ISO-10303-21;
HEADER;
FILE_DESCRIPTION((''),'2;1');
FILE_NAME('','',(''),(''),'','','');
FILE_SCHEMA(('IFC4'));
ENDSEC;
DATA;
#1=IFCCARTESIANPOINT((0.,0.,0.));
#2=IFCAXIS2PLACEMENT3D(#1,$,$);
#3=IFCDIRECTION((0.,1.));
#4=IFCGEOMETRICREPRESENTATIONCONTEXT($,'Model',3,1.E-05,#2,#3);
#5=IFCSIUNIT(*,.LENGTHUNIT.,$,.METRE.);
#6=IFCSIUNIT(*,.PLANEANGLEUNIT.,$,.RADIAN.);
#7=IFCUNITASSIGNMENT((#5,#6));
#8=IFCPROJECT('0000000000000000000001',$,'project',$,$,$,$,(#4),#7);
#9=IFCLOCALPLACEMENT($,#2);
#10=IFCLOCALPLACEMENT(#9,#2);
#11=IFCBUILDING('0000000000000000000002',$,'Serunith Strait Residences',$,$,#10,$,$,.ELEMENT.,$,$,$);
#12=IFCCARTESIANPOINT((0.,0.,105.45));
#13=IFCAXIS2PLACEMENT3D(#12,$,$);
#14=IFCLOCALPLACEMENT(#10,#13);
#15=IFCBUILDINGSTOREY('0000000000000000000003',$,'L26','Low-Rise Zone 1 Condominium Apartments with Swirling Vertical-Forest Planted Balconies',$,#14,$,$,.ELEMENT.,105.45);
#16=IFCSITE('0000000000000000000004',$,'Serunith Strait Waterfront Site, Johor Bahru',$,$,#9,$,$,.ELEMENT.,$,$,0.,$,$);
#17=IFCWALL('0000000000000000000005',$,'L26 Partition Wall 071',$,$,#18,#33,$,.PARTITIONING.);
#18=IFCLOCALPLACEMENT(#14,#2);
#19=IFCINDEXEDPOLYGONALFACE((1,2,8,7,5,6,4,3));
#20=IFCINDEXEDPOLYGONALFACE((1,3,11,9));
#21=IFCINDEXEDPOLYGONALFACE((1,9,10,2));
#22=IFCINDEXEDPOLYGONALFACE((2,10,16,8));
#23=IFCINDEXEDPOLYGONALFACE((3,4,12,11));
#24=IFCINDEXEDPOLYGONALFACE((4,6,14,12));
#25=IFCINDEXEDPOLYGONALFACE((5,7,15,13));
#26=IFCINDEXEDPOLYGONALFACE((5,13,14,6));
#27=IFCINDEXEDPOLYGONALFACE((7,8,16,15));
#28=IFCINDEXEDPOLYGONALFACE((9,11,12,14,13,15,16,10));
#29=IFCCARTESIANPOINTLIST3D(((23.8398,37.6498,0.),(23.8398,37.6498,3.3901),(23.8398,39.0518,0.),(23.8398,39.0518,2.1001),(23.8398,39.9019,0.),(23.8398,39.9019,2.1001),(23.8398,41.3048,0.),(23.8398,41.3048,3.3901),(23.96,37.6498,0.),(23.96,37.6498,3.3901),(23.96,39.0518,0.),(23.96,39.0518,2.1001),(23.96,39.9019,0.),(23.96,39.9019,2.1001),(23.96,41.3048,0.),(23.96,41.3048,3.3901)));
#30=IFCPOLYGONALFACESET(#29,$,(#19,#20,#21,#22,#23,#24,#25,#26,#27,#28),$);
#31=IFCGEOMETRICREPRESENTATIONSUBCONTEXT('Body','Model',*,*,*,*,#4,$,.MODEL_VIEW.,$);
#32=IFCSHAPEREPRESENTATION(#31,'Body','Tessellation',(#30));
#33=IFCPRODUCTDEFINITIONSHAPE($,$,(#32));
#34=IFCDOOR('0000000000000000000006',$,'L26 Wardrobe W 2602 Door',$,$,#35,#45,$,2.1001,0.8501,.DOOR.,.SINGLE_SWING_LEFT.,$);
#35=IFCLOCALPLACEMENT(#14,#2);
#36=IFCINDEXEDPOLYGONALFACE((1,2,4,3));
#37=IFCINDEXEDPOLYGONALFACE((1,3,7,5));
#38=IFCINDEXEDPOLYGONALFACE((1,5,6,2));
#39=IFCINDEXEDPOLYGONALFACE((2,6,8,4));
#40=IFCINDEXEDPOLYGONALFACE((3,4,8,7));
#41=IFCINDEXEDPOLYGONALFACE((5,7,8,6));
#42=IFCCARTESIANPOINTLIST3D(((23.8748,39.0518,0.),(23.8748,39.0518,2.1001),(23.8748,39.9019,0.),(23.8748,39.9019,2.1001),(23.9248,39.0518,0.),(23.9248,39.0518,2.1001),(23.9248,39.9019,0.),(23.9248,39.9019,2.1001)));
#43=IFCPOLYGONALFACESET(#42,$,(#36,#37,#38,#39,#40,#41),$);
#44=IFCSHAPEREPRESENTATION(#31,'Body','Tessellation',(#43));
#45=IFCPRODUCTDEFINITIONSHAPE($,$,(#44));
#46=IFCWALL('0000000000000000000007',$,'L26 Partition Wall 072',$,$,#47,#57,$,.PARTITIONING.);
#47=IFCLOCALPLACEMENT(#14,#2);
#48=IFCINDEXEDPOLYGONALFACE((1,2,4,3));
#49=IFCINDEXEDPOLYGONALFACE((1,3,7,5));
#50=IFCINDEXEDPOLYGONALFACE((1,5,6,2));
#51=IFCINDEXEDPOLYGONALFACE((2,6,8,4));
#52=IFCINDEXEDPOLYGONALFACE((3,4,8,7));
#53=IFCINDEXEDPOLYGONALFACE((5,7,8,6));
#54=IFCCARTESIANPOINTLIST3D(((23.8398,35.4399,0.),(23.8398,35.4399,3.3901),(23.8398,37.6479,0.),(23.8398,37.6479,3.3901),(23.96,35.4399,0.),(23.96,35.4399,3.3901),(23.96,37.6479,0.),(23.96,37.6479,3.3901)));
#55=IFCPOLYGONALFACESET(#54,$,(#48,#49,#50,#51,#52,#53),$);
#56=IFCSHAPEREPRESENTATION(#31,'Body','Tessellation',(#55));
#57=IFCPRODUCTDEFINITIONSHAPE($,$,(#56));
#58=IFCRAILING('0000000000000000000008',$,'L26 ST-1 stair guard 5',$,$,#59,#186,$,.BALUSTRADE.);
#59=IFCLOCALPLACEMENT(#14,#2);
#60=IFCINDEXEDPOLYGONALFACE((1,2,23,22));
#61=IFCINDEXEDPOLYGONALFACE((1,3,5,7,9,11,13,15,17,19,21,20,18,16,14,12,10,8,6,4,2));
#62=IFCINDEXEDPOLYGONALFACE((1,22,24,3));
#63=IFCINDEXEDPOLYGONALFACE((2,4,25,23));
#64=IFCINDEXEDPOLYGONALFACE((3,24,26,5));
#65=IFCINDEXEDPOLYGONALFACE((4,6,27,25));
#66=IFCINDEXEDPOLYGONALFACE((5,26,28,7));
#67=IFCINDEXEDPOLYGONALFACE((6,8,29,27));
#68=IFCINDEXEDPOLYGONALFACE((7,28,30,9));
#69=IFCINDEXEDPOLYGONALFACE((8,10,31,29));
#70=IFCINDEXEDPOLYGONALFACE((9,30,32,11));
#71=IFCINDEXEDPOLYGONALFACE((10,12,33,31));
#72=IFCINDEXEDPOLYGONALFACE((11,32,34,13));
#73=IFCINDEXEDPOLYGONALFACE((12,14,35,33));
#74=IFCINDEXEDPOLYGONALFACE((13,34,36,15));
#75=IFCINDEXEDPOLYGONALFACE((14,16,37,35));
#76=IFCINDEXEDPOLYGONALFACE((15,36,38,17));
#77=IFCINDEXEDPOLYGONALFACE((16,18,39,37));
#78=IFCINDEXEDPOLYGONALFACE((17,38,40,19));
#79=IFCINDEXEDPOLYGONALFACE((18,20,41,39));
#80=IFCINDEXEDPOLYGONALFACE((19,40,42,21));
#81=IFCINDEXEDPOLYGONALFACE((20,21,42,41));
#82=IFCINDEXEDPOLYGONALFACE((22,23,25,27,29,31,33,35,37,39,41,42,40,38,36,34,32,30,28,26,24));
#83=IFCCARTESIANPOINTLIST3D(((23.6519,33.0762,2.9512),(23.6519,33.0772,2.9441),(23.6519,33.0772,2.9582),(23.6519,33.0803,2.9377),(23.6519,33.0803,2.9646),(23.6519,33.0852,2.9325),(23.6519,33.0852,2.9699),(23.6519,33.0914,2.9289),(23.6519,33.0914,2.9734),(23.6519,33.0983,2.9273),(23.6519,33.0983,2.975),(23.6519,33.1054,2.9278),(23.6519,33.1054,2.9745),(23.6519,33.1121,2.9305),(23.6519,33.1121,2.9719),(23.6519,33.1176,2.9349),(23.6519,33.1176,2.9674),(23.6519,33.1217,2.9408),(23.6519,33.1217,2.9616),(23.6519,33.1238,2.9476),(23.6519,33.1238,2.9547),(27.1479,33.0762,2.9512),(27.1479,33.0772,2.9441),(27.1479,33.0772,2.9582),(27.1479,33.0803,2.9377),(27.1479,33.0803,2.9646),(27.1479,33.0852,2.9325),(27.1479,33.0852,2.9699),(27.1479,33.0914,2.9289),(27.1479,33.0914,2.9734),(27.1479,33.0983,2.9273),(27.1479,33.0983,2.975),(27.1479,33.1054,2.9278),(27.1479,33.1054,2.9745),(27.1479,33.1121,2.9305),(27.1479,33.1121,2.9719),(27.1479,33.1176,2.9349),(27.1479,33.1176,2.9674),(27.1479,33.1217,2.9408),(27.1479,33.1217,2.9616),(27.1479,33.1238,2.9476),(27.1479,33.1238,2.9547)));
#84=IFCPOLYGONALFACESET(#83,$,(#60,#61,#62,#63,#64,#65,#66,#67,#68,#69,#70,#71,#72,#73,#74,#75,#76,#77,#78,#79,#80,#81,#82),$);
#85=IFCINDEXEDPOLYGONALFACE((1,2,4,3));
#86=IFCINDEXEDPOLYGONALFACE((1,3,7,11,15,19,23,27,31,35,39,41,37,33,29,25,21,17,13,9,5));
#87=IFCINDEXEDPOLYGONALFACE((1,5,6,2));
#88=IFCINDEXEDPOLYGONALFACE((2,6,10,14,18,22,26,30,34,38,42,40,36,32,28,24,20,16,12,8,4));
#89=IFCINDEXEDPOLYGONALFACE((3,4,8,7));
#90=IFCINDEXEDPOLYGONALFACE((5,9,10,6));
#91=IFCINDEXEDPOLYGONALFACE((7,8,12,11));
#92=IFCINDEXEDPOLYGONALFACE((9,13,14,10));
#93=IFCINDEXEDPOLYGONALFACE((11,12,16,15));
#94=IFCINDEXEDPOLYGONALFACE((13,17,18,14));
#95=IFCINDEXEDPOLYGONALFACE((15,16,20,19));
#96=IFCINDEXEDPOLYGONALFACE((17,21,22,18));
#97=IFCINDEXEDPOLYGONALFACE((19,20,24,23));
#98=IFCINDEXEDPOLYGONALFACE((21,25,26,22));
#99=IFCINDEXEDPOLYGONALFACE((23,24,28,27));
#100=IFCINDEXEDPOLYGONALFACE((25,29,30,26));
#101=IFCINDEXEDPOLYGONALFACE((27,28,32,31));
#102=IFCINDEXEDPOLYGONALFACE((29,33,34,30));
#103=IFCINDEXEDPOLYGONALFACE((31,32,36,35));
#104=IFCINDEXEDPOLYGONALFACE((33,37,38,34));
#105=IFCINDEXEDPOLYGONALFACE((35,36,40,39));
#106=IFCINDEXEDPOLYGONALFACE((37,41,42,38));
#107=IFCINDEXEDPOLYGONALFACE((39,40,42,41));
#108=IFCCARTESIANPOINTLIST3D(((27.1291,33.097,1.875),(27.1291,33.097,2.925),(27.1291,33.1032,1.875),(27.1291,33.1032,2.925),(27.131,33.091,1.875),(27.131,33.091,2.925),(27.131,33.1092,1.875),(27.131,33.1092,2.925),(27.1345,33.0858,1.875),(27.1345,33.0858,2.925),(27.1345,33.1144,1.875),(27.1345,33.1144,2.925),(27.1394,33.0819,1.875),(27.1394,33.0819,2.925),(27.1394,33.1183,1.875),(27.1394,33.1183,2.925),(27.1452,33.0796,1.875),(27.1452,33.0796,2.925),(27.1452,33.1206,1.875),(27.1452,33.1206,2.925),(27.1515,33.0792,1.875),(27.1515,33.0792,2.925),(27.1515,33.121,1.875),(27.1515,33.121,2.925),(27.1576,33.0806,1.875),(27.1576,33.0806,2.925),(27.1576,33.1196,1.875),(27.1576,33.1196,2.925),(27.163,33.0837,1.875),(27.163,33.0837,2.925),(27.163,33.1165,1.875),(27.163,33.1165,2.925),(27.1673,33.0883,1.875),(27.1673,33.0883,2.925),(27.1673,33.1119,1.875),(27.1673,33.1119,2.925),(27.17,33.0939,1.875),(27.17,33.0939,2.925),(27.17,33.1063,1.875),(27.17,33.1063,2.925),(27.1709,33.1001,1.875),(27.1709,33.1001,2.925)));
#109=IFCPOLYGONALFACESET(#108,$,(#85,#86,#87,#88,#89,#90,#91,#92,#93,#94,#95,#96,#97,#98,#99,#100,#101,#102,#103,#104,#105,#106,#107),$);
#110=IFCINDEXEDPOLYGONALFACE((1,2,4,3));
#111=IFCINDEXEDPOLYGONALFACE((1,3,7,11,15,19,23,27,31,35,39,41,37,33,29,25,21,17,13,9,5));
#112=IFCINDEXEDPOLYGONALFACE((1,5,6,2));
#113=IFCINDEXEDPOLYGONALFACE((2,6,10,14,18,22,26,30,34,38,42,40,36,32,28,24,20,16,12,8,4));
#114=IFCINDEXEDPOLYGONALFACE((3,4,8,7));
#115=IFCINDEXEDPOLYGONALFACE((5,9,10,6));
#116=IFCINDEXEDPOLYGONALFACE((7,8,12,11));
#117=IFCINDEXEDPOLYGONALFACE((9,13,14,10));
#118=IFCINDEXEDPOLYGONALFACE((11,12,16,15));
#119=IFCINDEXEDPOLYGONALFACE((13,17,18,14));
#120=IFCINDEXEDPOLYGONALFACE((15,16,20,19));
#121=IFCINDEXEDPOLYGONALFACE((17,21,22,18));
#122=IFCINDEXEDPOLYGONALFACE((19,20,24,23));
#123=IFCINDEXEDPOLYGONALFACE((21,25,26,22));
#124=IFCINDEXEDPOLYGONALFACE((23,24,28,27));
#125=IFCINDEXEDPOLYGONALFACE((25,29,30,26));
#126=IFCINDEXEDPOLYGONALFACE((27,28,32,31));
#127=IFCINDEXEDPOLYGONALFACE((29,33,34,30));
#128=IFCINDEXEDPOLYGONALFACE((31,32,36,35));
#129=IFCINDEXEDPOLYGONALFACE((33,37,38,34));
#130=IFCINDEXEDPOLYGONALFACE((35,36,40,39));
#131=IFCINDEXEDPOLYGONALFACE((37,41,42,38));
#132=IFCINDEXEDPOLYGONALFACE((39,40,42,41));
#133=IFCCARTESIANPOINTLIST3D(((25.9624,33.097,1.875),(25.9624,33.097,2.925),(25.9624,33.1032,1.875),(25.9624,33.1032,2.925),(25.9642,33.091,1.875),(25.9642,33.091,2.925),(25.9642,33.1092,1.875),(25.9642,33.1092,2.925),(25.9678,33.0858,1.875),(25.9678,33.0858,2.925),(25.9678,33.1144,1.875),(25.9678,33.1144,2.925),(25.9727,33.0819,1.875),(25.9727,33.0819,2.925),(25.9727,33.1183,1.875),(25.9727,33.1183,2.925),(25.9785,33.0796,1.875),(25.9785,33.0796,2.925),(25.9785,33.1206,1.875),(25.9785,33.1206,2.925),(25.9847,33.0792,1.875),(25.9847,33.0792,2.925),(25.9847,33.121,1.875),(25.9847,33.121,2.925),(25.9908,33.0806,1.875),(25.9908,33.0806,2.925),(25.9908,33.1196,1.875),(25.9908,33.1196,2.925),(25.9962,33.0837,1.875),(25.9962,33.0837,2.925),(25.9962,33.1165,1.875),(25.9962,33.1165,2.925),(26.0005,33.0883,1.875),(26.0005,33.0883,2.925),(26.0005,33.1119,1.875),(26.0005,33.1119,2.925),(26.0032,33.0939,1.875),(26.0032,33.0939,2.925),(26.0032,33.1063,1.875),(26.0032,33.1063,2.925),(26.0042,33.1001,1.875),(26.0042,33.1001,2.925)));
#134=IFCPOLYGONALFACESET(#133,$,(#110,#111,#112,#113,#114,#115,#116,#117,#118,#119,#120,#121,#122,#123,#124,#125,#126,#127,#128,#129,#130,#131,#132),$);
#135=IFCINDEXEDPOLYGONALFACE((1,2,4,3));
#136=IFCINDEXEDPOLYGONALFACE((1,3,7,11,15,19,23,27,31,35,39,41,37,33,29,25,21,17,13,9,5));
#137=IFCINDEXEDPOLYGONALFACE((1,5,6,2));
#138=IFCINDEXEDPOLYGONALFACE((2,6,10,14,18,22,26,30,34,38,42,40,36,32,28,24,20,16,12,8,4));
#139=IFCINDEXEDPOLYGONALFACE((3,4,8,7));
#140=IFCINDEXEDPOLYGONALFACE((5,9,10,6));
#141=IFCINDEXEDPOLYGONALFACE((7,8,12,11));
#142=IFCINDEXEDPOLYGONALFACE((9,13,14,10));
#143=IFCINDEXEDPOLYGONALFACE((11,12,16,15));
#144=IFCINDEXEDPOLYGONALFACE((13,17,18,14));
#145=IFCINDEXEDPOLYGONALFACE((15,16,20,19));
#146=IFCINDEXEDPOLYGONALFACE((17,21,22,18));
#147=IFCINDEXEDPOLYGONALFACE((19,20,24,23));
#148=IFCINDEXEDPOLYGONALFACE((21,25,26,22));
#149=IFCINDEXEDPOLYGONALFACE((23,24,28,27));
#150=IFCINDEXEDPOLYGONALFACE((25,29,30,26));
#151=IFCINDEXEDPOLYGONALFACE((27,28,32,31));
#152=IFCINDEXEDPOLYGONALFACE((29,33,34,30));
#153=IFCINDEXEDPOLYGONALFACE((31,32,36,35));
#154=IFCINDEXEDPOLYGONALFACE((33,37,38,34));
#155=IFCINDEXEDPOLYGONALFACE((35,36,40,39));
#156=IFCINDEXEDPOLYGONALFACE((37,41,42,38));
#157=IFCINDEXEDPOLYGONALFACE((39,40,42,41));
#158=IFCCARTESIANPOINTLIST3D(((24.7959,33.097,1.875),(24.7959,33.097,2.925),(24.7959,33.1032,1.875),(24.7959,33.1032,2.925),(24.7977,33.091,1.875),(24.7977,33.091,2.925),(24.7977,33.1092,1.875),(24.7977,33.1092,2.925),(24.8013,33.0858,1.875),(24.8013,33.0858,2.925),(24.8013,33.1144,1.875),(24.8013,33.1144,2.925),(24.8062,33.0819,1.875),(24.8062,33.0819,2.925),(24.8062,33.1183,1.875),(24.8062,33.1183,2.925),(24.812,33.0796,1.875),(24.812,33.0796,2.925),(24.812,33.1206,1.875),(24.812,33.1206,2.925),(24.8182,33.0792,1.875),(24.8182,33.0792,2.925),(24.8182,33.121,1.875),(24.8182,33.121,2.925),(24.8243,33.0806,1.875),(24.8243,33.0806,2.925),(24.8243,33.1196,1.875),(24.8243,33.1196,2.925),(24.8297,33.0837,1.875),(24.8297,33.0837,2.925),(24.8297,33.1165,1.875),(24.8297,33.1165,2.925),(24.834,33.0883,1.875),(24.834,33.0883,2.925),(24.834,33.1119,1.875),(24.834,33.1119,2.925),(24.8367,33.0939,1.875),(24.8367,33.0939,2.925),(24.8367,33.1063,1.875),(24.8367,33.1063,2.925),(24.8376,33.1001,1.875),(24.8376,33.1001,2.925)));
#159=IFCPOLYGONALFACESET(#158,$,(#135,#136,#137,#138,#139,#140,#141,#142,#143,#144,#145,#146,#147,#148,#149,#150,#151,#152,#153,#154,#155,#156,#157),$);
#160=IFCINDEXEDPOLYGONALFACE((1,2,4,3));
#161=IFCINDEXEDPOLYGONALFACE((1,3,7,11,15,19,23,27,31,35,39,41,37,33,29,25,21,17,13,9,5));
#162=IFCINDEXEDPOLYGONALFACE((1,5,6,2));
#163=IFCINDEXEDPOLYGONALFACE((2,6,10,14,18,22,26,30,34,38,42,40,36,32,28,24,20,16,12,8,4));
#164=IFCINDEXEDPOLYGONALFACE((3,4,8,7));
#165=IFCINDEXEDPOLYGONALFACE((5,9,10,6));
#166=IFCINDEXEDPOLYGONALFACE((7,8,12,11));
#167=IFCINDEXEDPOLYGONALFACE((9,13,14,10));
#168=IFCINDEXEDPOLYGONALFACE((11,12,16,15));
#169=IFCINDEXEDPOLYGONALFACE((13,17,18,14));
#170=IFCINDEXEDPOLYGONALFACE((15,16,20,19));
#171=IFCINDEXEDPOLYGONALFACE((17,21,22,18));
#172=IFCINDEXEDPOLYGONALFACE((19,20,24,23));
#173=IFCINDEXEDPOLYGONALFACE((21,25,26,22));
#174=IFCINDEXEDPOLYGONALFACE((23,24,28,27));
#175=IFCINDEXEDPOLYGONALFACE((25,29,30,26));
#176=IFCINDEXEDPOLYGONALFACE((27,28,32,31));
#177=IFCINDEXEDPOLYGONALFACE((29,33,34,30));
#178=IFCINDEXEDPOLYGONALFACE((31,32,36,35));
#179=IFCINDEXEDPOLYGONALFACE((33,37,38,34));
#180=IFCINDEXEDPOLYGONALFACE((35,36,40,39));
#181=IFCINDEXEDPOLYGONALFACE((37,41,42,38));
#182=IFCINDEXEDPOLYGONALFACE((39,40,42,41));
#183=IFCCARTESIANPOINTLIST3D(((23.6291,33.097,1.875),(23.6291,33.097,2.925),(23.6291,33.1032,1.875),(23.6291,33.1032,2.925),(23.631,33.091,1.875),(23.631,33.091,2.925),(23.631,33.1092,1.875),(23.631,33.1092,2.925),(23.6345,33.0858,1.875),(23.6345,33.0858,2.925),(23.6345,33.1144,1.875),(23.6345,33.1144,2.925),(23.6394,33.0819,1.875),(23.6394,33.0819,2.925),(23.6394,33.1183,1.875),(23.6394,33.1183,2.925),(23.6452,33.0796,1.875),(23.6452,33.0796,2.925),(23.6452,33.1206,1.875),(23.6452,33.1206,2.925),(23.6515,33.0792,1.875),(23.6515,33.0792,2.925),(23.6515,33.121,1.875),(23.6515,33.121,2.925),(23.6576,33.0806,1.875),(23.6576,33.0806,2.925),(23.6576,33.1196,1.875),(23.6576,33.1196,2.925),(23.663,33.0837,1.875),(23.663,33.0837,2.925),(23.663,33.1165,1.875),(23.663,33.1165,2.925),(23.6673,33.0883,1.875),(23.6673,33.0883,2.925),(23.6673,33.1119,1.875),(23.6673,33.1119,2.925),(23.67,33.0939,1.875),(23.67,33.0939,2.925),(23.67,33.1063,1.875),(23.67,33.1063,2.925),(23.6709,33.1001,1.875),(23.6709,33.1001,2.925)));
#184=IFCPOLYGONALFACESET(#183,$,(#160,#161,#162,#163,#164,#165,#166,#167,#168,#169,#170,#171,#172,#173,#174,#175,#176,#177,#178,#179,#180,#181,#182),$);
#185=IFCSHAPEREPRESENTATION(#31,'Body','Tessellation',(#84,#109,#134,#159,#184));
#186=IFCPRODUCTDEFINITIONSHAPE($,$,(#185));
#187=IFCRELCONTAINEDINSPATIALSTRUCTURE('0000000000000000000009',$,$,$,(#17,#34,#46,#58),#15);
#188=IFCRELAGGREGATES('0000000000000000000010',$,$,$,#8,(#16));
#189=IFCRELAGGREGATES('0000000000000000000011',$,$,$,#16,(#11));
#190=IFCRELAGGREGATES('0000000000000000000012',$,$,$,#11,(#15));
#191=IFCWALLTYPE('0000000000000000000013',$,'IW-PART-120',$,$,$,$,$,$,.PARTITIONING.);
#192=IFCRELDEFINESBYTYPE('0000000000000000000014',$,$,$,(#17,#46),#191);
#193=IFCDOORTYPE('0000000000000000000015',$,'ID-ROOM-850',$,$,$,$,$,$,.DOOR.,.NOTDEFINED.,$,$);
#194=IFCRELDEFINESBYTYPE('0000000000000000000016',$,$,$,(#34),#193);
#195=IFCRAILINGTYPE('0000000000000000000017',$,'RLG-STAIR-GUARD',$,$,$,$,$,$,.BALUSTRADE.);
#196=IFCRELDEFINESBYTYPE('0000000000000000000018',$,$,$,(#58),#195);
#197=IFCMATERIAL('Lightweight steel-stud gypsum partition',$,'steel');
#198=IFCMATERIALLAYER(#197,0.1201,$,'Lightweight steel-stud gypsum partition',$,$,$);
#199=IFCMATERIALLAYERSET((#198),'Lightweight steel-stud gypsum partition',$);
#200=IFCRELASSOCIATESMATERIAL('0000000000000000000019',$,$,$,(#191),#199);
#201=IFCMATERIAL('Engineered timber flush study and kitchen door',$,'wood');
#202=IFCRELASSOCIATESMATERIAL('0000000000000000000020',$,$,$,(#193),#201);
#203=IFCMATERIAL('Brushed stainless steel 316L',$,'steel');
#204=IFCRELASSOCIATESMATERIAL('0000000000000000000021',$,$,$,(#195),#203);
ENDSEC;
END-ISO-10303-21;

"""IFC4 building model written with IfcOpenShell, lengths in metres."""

from ifc_helpers import new_model, si_unit, direction, frame, frame_2d, origin, origin_2d, place, context, subcontext, project, spatial, rectangle, circle, extrude, source, transform, mapped, material, layer, layer_set, type_object, element, fill, save


model = new_model("IFC4")

# Units and contexts
model_context = context("Model", 3, precision=1e-05, world=origin(), true_north=direction((0.0, 1.0)))
body_context = subcontext(model_context, "Body", "Model", "MODEL_VIEW")
ifc_project = project(units=[si_unit("LENGTHUNIT", "METRE"), si_unit("PLANEANGLEUNIT", "RADIAN")], contexts=[model_context])

# Site, building, storey
site_placement = place(None, origin())
site = spatial("IfcSite", under=ifc_project, at=site_placement, Name="Serunith Strait Waterfront Site, Johor Bahru", CompositionType="ELEMENT", RefElevation=0.0)
building_placement = place(site_placement, origin())
building = spatial("IfcBuilding", under=site, at=building_placement, Name="Serunith Strait Residences", CompositionType="ELEMENT")
storey_placement = place(building_placement, frame((0.0, 0.0, 105.45)))
storey = spatial("IfcBuildingStorey", under=building, at=storey_placement, Name="L26", Description="Low-Rise Zone 1 Condominium Apartments with Swirling Vertical-Forest Planted Balconies", CompositionType="ELEMENT", Elevation=105.45)

# Shared definitions
ifc_material_1 = material(Name="Lightweight steel-stud gypsum partition", Category="steel")
ifc_layer_1 = layer(ifc_material_1, 0.1201, Name="Lightweight steel-stud gypsum partition")
ifc_layer_set_1 = layer_set([ifc_layer_1], Name="Lightweight steel-stud gypsum partition")
wall_type = type_object("IfcWallType", Name="IW-PART-120", PredefinedType="PARTITIONING", material=ifc_layer_set_1)
ifc_material_2 = material(Name="Engineered timber flush study and kitchen door", Category="wood")
door_type_1 = type_object("IfcDoorType", Name="ID-ROOM-850", OperationType="NOTDEFINED", PredefinedType="DOOR", material=ifc_material_2)
shared_shape_1 = source(origin(), body_context, "Body", "SweptSolid", [
    extrude(rectangle(XDim=0.8501, YDim=2.1001, at=frame_2d((0.425, 1.05))), frame((0.0, 0.0249, 0.0), z_axis=(0.0, -1.0, 0.0), x_axis=(1.0, 0.0, 0.0)), (0.0, 0.0, 1.0), 0.05),
])

# Wall, opening, door
wall_1_placement = place(storey_placement, frame((23.8999, 41.3049, 0.0), z_axis=(0.0, 0.0, 1.0), x_axis=(0.0, -1.0, 0.0)))
wall_1 = element("IfcWall", 1, at=wall_1_placement, inside=storey, type_object=wall_type, Name="L26 Partition Wall 071", PredefinedType="PARTITIONING", context=body_context, shape_type="SweptSolid", body=[
    extrude(rectangle(XDim=3.655, YDim=0.1201, at=frame_2d((1.8276, 0.0))), origin(), (0.0, 0.0, 1.0), 3.3901),
])
opening_1_placement = place(wall_1_placement, frame((1.4031, 0.0, 0.0)))
opening_1 = element("IfcOpeningElement", 2, at=opening_1_placement, cuts=wall_1, PredefinedType="OPENING", context=body_context, shape_type="SweptSolid", body=[
    extrude(rectangle(XDim=0.8501, YDim=2.1001, at=frame_2d((0.425, 1.05))), frame((0.0, 0.0701, 0.0), z_axis=(0.0, -1.0, 0.0), x_axis=(1.0, 0.0, 0.0)), (0.0, 0.0, 1.0), 0.1401),
])
door_1_placement = place(opening_1_placement, origin())
door_1 = element("IfcDoor", 3, at=door_1_placement, inside=storey, type_object=door_type_1, Name="L26 Wardrobe W 2602 Door", OperationType="SINGLE_SWING_LEFT", OverallHeight=2.1001, OverallWidth=0.8501, PredefinedType="DOOR", context=body_context, shape_type="MappedRepresentation", body=[
    mapped(shared_shape_1, transform((0.0, 0.0, 0.0), scale=1.0)),
])
fill(opening_1, door_1)

# Wall
wall_2_placement = place(storey_placement, frame((23.8999, 37.6479, 0.0), z_axis=(0.0, 0.0, 1.0), x_axis=(0.0, -1.0, 0.0)))
element("IfcWall", 4, at=wall_2_placement, inside=storey, type_object=wall_type, Name="L26 Partition Wall 072", PredefinedType="PARTITIONING", context=body_context, shape_type="SweptSolid", body=[
    extrude(rectangle(XDim=2.208, YDim=0.1201, at=frame_2d((1.104, 0.0))), origin(), (0.0, 0.0, 1.0), 3.3901),
])

# Railing
ifc_material_3 = material(Name="Brushed stainless steel 316L", Category="steel")
railing_type = type_object("IfcRailingType", Name="RLG-STAIR-GUARD", PredefinedType="BALUSTRADE", material=ifc_material_3)
railing_1_placement = place(storey_placement, frame((27.1499, 33.1001, 1.875)))
element("IfcRailing", 5, at=railing_1_placement, inside=storey, type_object=railing_type, Name="L26 ST-1 stair guard 5", PredefinedType="BALUSTRADE", context=body_context, shape_type="SweptSolid", body=[
    extrude(circle(Radius=0.0239, at=origin_2d()), frame((-0.002, 0.0, 1.0762), z_axis=(-1.0, 0.0, 0.0), x_axis=(0.0, -1.0, 0.0)), (0.0, 0.0, 1.0), 3.4961),
    extrude(circle(Radius=0.021, at=origin_2d()), origin(), (0.0, 0.0, 1.0), 1.05),
    extrude(circle(Radius=0.021, at=origin_2d()), frame((-1.1667, 0.0, 0.0)), (0.0, 0.0, 1.0), 1.05),
    extrude(circle(Radius=0.021, at=origin_2d()), frame((-2.3333, 0.0, 0.0)), (0.0, 0.0, 1.0), 1.05),
    extrude(circle(Radius=0.021, at=origin_2d()), frame((-3.5, 0.0, 0.0)), (0.0, 0.0, 1.0), 1.05),
])

save(model, "model.ifc")
